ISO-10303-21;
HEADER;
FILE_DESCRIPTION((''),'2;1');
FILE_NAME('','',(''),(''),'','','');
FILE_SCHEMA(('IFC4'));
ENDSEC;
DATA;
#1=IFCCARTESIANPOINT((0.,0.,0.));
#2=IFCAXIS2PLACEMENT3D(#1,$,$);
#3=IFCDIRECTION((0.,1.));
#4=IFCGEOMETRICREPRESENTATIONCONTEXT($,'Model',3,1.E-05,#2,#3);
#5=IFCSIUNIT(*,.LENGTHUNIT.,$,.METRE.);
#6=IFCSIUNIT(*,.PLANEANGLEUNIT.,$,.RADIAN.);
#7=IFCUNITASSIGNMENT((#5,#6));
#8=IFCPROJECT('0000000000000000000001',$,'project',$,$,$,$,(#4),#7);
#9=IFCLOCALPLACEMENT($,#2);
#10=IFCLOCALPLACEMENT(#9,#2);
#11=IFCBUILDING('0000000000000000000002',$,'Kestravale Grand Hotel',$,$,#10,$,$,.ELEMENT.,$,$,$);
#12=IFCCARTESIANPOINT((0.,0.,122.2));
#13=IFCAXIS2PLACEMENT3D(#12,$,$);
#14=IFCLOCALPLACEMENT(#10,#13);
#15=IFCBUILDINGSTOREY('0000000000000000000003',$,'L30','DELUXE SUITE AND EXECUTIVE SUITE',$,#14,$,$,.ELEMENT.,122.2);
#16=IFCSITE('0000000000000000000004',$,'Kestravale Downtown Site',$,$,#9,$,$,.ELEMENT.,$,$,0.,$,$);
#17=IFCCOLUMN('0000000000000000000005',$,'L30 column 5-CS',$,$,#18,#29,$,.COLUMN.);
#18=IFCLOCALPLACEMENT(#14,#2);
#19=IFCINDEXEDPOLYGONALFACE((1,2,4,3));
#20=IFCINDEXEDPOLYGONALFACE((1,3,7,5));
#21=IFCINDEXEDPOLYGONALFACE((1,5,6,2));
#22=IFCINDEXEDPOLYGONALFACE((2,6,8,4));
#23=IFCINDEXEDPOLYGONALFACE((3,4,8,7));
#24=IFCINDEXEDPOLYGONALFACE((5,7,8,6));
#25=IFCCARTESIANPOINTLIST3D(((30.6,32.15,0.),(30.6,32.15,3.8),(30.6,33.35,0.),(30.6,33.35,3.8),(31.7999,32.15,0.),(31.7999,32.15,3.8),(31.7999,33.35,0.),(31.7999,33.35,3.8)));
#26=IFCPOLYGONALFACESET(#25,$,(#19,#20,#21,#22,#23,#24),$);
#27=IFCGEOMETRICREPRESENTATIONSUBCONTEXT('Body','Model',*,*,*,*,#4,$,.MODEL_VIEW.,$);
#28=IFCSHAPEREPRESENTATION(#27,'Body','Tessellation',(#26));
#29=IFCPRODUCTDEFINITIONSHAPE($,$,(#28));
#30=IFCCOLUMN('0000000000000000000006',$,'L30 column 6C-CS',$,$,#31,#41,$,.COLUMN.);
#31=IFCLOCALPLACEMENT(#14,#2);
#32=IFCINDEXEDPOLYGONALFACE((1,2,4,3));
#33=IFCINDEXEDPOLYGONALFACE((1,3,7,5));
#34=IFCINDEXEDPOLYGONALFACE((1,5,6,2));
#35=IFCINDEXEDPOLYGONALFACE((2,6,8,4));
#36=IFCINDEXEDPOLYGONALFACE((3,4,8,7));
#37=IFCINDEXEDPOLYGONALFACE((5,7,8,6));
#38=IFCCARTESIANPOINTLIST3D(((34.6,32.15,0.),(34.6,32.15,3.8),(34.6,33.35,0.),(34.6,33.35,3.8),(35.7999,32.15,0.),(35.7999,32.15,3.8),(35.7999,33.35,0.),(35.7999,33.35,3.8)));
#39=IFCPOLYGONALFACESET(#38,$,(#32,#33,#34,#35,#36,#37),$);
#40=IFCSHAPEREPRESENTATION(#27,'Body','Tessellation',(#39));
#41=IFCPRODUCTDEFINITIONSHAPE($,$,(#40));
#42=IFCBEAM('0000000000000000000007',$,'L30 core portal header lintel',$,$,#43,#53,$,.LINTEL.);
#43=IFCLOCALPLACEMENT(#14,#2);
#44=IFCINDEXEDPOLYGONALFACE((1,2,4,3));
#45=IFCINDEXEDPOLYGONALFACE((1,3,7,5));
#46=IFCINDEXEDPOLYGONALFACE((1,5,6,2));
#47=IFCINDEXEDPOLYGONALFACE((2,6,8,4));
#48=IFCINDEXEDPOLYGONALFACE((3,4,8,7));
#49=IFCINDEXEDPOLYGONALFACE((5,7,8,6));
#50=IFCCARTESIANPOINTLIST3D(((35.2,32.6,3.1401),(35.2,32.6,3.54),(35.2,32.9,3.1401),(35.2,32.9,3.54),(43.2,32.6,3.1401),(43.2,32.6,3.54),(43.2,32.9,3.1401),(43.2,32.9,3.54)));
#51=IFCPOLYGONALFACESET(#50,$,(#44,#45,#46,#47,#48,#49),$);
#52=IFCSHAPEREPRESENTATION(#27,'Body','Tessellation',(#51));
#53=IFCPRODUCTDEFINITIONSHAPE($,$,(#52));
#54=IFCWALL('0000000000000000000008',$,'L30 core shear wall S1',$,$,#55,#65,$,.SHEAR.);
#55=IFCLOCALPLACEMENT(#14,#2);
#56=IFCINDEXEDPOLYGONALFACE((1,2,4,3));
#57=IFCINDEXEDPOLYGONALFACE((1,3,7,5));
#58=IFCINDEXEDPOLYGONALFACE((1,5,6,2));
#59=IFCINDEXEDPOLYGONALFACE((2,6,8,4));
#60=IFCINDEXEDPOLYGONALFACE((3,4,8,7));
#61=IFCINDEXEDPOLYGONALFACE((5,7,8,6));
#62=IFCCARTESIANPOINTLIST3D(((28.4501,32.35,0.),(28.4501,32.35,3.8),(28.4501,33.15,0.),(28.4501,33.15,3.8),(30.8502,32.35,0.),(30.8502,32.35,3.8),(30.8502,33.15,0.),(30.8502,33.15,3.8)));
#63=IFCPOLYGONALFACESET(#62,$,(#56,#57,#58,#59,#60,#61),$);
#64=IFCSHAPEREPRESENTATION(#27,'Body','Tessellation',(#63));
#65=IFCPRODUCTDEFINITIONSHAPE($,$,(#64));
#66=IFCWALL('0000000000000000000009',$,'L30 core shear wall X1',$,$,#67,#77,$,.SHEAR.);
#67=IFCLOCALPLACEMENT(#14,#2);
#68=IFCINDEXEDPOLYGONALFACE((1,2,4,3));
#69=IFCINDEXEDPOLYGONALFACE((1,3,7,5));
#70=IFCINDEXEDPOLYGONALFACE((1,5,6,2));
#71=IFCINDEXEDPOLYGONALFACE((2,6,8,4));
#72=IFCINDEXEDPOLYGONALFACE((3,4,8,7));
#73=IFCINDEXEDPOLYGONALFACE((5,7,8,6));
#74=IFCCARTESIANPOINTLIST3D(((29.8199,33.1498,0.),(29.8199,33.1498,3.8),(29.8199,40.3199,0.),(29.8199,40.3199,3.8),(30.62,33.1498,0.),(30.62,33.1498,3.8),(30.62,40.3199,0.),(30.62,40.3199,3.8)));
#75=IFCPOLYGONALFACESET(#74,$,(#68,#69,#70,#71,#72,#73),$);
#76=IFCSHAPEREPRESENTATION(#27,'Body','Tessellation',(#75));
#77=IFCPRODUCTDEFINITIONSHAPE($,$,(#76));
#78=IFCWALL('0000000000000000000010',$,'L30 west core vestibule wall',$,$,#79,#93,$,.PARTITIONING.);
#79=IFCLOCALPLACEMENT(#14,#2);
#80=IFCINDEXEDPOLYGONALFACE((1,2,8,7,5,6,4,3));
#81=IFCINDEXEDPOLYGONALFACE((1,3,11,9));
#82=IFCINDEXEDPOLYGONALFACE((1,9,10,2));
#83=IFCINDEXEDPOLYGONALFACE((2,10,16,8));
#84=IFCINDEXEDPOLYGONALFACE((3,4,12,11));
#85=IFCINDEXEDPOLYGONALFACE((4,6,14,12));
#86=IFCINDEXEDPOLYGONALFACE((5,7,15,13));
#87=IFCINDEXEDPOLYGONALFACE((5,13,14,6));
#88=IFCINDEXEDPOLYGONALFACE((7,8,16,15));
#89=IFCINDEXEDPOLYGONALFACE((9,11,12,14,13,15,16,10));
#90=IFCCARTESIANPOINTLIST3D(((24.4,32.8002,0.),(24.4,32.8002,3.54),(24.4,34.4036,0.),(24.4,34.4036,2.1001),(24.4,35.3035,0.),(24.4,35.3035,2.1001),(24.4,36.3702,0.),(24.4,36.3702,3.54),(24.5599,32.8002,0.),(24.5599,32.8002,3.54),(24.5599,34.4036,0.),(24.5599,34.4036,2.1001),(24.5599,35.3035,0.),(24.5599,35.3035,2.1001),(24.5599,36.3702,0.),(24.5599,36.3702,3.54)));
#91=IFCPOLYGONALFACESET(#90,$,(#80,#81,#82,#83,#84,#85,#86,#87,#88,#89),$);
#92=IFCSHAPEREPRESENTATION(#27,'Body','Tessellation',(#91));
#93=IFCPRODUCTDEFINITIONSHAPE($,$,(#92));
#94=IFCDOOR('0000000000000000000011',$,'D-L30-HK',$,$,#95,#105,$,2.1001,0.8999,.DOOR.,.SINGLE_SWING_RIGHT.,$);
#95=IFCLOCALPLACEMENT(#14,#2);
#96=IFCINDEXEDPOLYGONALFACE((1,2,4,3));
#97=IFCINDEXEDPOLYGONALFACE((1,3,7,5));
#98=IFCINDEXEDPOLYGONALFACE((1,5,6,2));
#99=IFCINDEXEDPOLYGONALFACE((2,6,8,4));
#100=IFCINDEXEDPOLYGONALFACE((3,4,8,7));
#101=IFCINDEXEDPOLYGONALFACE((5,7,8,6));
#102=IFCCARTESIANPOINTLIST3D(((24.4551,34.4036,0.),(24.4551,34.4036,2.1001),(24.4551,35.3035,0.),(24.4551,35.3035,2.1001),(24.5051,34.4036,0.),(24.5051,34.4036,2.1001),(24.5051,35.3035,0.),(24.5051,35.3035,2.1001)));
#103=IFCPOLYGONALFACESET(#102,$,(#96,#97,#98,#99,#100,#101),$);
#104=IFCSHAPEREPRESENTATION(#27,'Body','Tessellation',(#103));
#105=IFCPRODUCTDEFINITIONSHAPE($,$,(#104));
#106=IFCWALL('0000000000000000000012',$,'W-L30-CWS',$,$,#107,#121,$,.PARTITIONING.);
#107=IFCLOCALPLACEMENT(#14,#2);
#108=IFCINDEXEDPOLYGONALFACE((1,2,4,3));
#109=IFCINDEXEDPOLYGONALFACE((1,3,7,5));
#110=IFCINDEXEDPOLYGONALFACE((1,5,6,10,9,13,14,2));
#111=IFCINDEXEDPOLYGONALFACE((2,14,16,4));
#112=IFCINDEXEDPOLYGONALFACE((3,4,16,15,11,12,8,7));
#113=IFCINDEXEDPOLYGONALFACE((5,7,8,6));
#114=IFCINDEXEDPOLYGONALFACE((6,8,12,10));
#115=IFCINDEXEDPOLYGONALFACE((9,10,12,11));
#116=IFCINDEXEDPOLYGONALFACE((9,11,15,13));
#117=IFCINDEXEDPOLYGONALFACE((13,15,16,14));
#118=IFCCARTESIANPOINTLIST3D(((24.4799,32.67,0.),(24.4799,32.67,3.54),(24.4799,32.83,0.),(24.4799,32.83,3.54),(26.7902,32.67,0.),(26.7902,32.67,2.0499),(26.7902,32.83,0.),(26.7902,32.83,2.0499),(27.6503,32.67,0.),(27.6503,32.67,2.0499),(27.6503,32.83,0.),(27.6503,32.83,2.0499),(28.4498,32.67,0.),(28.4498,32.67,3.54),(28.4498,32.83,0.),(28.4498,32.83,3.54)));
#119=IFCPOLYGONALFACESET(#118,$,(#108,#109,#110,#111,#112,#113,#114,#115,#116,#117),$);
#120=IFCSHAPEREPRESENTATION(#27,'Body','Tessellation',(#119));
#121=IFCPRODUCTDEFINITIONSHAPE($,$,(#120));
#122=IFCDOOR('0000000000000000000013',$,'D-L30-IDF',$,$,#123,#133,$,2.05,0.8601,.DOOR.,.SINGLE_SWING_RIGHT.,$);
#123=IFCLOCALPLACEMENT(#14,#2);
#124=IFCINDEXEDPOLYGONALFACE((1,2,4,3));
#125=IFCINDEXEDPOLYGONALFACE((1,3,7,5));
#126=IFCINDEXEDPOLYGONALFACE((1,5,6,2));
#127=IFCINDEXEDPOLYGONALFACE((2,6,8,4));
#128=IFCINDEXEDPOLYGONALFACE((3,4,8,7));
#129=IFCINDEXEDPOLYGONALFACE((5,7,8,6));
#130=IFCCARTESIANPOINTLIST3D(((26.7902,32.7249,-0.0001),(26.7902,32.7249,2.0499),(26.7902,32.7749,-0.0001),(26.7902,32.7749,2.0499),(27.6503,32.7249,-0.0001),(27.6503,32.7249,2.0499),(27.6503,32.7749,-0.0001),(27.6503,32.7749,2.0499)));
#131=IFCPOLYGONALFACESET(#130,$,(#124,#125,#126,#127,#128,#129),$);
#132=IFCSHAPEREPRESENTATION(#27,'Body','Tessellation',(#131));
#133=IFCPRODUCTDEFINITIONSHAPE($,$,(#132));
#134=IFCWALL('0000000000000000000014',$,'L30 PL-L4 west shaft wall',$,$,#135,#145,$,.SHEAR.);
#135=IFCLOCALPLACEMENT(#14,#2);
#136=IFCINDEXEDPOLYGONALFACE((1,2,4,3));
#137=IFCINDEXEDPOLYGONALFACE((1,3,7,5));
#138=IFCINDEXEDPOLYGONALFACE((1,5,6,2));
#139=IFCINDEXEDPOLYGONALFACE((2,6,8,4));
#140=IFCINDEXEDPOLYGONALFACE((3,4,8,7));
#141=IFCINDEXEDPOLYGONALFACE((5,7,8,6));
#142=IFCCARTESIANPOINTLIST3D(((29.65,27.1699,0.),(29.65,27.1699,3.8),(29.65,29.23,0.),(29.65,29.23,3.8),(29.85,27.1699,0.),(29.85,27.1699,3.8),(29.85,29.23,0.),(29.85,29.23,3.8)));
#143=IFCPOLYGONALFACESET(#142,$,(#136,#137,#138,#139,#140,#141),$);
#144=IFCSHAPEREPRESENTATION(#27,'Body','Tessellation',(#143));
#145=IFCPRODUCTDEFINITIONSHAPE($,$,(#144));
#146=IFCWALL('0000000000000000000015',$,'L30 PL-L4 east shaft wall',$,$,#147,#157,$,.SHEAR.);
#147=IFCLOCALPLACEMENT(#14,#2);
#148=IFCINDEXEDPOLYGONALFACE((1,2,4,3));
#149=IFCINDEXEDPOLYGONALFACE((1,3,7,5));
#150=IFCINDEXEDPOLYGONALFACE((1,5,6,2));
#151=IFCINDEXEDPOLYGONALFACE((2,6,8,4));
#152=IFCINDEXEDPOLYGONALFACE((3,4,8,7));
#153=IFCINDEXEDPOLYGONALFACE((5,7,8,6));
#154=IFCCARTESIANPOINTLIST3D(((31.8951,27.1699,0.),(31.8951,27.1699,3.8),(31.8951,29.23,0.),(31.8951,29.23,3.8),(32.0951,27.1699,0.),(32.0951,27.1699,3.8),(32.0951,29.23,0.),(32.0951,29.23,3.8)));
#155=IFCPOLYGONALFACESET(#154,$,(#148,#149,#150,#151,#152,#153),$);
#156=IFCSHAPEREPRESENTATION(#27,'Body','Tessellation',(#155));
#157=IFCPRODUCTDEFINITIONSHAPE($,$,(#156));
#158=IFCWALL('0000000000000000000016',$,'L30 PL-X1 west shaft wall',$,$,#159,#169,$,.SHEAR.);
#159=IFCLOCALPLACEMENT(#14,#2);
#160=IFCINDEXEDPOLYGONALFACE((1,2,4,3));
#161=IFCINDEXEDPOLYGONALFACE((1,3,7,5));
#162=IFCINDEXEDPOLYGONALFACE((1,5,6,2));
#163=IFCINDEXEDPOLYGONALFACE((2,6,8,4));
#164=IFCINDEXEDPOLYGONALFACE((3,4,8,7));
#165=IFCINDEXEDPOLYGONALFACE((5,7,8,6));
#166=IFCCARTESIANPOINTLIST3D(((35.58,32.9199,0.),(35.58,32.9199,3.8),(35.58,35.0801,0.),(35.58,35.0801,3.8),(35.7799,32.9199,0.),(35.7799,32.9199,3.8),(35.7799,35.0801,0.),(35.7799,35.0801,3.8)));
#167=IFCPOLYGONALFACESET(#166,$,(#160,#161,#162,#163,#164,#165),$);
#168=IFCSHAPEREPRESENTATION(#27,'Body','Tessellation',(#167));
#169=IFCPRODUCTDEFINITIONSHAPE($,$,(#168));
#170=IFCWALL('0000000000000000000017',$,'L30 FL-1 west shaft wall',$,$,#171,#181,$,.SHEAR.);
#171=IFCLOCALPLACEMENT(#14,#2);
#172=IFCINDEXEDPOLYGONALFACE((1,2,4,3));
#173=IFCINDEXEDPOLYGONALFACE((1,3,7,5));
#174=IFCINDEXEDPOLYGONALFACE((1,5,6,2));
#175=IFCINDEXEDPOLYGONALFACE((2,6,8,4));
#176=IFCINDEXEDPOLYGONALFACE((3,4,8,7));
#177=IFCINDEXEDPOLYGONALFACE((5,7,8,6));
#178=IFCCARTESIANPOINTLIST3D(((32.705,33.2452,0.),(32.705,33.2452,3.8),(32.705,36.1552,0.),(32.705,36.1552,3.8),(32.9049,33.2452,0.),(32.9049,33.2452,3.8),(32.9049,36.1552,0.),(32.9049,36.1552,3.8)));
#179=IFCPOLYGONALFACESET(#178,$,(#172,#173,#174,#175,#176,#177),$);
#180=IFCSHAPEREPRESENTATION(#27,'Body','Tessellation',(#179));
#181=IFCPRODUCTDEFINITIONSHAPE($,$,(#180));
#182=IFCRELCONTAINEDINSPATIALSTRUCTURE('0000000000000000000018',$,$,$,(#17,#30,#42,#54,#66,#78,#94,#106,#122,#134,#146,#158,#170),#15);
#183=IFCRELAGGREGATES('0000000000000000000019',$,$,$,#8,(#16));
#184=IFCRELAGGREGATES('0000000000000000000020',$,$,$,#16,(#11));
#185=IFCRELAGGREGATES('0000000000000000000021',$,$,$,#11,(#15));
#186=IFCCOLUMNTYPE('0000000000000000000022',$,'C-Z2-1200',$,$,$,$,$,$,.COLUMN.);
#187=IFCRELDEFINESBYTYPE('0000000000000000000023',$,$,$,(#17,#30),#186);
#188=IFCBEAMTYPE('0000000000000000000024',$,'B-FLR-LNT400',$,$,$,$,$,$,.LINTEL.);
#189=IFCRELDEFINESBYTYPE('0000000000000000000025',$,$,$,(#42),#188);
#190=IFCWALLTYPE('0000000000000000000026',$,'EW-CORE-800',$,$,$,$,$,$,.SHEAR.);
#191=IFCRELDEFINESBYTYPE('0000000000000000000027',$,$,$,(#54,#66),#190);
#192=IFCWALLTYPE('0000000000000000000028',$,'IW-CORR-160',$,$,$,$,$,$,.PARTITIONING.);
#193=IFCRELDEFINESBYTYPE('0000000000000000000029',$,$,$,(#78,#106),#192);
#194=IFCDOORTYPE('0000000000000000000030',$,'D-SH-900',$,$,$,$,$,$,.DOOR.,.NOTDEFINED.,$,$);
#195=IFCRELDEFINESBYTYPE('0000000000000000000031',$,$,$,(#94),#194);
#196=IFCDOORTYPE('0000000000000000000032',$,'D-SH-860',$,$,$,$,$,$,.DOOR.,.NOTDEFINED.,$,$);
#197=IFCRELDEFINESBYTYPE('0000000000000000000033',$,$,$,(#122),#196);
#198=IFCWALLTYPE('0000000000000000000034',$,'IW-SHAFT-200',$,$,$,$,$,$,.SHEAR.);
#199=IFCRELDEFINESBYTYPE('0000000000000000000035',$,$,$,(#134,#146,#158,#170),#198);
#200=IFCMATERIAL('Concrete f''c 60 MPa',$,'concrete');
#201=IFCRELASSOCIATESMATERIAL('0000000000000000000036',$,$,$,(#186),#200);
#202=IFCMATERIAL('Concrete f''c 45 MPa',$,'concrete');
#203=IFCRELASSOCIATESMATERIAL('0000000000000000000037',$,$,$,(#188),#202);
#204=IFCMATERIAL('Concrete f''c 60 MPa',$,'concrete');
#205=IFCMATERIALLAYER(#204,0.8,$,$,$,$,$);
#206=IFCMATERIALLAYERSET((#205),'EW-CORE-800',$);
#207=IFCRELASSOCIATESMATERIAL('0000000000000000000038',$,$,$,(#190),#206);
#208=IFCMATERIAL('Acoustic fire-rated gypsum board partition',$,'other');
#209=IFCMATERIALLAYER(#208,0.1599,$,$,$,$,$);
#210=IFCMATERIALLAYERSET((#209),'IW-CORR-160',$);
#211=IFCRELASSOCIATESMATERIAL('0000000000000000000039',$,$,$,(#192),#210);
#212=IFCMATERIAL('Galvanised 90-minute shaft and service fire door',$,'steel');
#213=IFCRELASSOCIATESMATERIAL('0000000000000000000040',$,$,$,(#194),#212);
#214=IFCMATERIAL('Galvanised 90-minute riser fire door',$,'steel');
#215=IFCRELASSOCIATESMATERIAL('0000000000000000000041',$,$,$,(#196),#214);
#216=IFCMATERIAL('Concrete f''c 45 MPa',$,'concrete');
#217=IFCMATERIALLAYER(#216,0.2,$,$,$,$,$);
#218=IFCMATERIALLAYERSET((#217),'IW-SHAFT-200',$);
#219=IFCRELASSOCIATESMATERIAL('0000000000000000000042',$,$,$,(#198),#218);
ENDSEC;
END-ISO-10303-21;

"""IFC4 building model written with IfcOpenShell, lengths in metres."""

from ifc_helpers import new_model, si_unit, direction, frame, frame_2d, origin, origin_2d, place, context, subcontext, project, spatial, rectangle, extrude, material, layer, layer_set, material_profile, profile_set, type_object, element, fill, save


model = new_model("IFC4")

# Units and contexts
model_context = context("Model", 3, precision=1e-05, world=origin(), true_north=direction((0.0, 1.0)))
body_context = subcontext(model_context, "Body", "Model", "MODEL_VIEW")
ifc_project = project(units=[si_unit("LENGTHUNIT", "METRE"), si_unit("PLANEANGLEUNIT", "RADIAN")], contexts=[model_context])

# Site, building, storey
site_placement = place(None, origin())
site = spatial("IfcSite", under=ifc_project, at=site_placement, Name="Kestravale Downtown Site", CompositionType="ELEMENT", RefElevation=0.0)
building_placement = place(site_placement, origin())
building = spatial("IfcBuilding", under=site, at=building_placement, Name="Kestravale Grand Hotel", CompositionType="ELEMENT")
storey_placement = place(building_placement, frame((0.0, 0.0, 122.2)))
storey = spatial("IfcBuildingStorey", under=building, at=storey_placement, Name="L30", Description="DELUXE SUITE AND EXECUTIVE SUITE", CompositionType="ELEMENT", Elevation=122.2)

# Columns
ifc_material_1 = material(Name="Concrete f'c 60 MPa", Category="concrete")
ifc_material_profile_1 = material_profile(ifc_material_1, rectangle(XDim=1.2, YDim=1.2, at=origin_2d()))
ifc_profile_set_1 = profile_set([ifc_material_profile_1], Name="Concrete f'c 60 MPa")
column_type = type_object("IfcColumnType", Name="C-Z2-1200", PredefinedType="COLUMN", material=ifc_profile_set_1)
for number, where, z_axis, x_axis, name in (
    (1, (31.2, 32.75, 0.0), (0.0, 0.0, 1.0), (1.0, 0.0, 0.0), "L30 column 5-CS"),
    (2, (35.2, 32.75, 0.0), (0.0, 0.0, 1.0), (1.0, 0.0, 0.0), "L30 column 6C-CS"),
):
    element("IfcColumn", number, at=place(storey_placement, frame(where, z_axis=z_axis, x_axis=x_axis)), inside=storey, type_object=column_type, Name=name, PredefinedType="COLUMN", context=body_context, shape_type="SweptSolid", body=[
        extrude(rectangle(XDim=1.2, YDim=1.2, at=origin_2d()), origin(), (0.0, 0.0, 1.0), 3.8),
    ])

# Beam
ifc_material_2 = material(Name="Concrete f'c 45 MPa", Category="concrete")
ifc_material_profile_2 = material_profile(ifc_material_2, rectangle(XDim=0.3, YDim=0.3999, at=origin_2d()))
ifc_profile_set_2 = profile_set([ifc_material_profile_2], Name="Concrete f'c 45 MPa")
beam_type = type_object("IfcBeamType", Name="B-FLR-LNT400", PredefinedType="LINTEL", material=ifc_profile_set_2)
beam_placement = place(storey_placement, frame((35.2, 32.75, 3.3401), z_axis=(1.0, 0.0, 0.0), x_axis=(0.0, 1.0, 0.0)))
element("IfcBeam", 3, at=beam_placement, inside=storey, type_object=beam_type, Name="L30 core portal header lintel", PredefinedType="LINTEL", context=body_context, shape_type="SweptSolid", body=[
    extrude(rectangle(XDim=0.3, YDim=0.3999, at=origin_2d()), origin(), (0.0, 0.0, 1.0), 8.0),
])

# Walls
ifc_material_3 = material(Name="Concrete f'c 60 MPa", Category="concrete")
ifc_layer_1 = layer(ifc_material_3, 0.8)
ifc_layer_set_1 = layer_set([ifc_layer_1], Name="EW-CORE-800")
wall_type_1 = type_object("IfcWallType", Name="EW-CORE-800", PredefinedType="SHEAR", material=ifc_layer_set_1)
wall_1_placement = place(storey_placement, frame((28.45, 32.75, 0.0), z_axis=(0.0, 0.0, 1.0), x_axis=(1.0, 0.0, 0.0)))
element("IfcWall", 4, at=wall_1_placement, inside=storey, type_object=wall_type_1, Name="L30 core shear wall S1", PredefinedType="SHEAR", context=body_context, shape_type="SweptSolid", body=[
    extrude(rectangle(XDim=2.4001, YDim=0.8, at=frame_2d((1.2002, 0.0))), origin(), (0.0, 0.0, 1.0), 3.8),
])
wall_2_placement = place(storey_placement, frame((30.22, 33.1499, 0.0), z_axis=(0.0, 0.0, 1.0), x_axis=(0.0, 1.0, 0.0)))
element("IfcWall", 5, at=wall_2_placement, inside=storey, type_object=wall_type_1, Name="L30 core shear wall X1", PredefinedType="SHEAR", context=body_context, shape_type="SweptSolid", body=[
    extrude(rectangle(XDim=7.1702, YDim=0.8, at=frame_2d((3.585, 0.0))), origin(), (0.0, 0.0, 1.0), 3.8),
])

# Walls, openings, doors
ifc_material_4 = material(Name="Acoustic fire-rated gypsum board partition", Category="other")
ifc_layer_2 = layer(ifc_material_4, 0.1599)
ifc_layer_set_2 = layer_set([ifc_layer_2], Name="IW-CORR-160")
wall_type_2 = type_object("IfcWallType", Name="IW-CORR-160", PredefinedType="PARTITIONING", material=ifc_layer_set_2)
wall_3_placement = place(storey_placement, frame((24.48, 32.8, 0.0), z_axis=(0.0, 0.0, 1.0), x_axis=(0.0, 1.0, 0.0)))
wall_3 = element("IfcWall", 6, at=wall_3_placement, inside=storey, type_object=wall_type_2, Name="L30 west core vestibule wall", PredefinedType="PARTITIONING", context=body_context, shape_type="SweptSolid", body=[
    extrude(rectangle(XDim=3.5701, YDim=0.1599, at=frame_2d((1.7852, 0.0))), origin(), (0.0, 0.0, 1.0), 3.54),
])
opening_1_placement = place(wall_3_placement, frame((1.6035, 0.0, 0.0)))
opening_1 = element("IfcOpeningElement", 7, at=opening_1_placement, cuts=wall_3, PredefinedType="OPENING", context=body_context, shape_type="SweptSolid", body=[
    extrude(rectangle(XDim=0.8999, YDim=2.1001, at=frame_2d((0.45, 1.05))), frame((0.0, 0.0898, 0.0), z_axis=(0.0, -1.0, 0.0), x_axis=(1.0, 0.0, 0.0)), (0.0, 0.0, 1.0), 0.1799),
])
ifc_material_5 = material(Name="Galvanised 90-minute shaft and service fire door", Category="steel")
door_type_1 = type_object("IfcDoorType", Name="D-SH-900", OperationType="NOTDEFINED", PredefinedType="DOOR", material=ifc_material_5)
door_1_placement = place(opening_1_placement, origin())
door_1 = element("IfcDoor", 8, at=door_1_placement, inside=storey, type_object=door_type_1, Name="D-L30-HK", OperationType="SINGLE_SWING_RIGHT", OverallHeight=2.1001, OverallWidth=0.8999, PredefinedType="DOOR", context=body_context, shape_type="SweptSolid", body=[
    extrude(rectangle(XDim=0.8999, YDim=2.1001, at=frame_2d((0.45, 1.05))), frame((0.0, 0.0249, 0.0), z_axis=(0.0, -1.0, 0.0), x_axis=(1.0, 0.0, 0.0)), (0.0, 0.0, 1.0), 0.05),
])
fill(opening_1, door_1)
wall_4_placement = place(storey_placement, frame((24.48, 32.75, 0.0), z_axis=(0.0, 0.0, 1.0), x_axis=(1.0, 0.0, 0.0)))
wall_4 = element("IfcWall", 9, at=wall_4_placement, inside=storey, type_object=wall_type_2, Name="W-L30-CWS", PredefinedType="PARTITIONING", context=body_context, shape_type="SweptSolid", body=[
    extrude(rectangle(XDim=3.97, YDim=0.1599, at=frame_2d((1.9849, 0.0))), origin(), (0.0, 0.0, 1.0), 3.54),
])
opening_2_placement = place(wall_4_placement, frame((2.3101, 0.0, 0.0)))
opening_2 = element("IfcOpeningElement", 10, at=opening_2_placement, cuts=wall_4, PredefinedType="OPENING", context=body_context, shape_type="SweptSolid", body=[
    extrude(rectangle(XDim=0.8601, YDim=2.05, at=frame_2d((0.4302, 1.0249))), frame((0.0, 0.0898, 0.0), z_axis=(0.0, -1.0, 0.0), x_axis=(1.0, 0.0, 0.0)), (0.0, 0.0, 1.0), 0.1799),
])
ifc_material_6 = material(Name="Galvanised 90-minute riser fire door", Category="steel")
door_type_2 = type_object("IfcDoorType", Name="D-SH-860", OperationType="NOTDEFINED", PredefinedType="DOOR", material=ifc_material_6)
door_2_placement = place(opening_2_placement, origin())
door_2 = element("IfcDoor", 11, at=door_2_placement, inside=storey, type_object=door_type_2, Name="D-L30-IDF", OperationType="SINGLE_SWING_RIGHT", OverallHeight=2.05, OverallWidth=0.8601, PredefinedType="DOOR", context=body_context, shape_type="SweptSolid", body=[
    extrude(rectangle(XDim=0.8601, YDim=2.05, at=frame_2d((0.4302, 1.0249))), frame((0.0, 0.0249, 0.0), z_axis=(0.0, -1.0, 0.0), x_axis=(1.0, 0.0, 0.0)), (0.0, 0.0, 1.0), 0.05),
])
fill(opening_2, door_2)

# Walls
ifc_material_7 = material(Name="Concrete f'c 45 MPa", Category="concrete")
ifc_layer_3 = layer(ifc_material_7, 0.2)
ifc_layer_set_3 = layer_set([ifc_layer_3], Name="IW-SHAFT-200")
wall_type_3 = type_object("IfcWallType", Name="IW-SHAFT-200", PredefinedType="SHEAR", material=ifc_layer_set_3)
for number, where, z_axis, x_axis, name in (
    (12, (29.75, 27.1699, 0.0), (0.0, 0.0, 1.0), (0.0, 1.0, 0.0), "L30 PL-L4 west shaft wall"),
    (13, (31.9951, 27.1699, 0.0), (0.0, 0.0, 1.0), (0.0, 1.0, 0.0), "L30 PL-L4 east shaft wall"),
):
    element("IfcWall", number, at=place(storey_placement, frame(where, z_axis=z_axis, x_axis=x_axis)), inside=storey, type_object=wall_type_3, Name=name, PredefinedType="SHEAR", context=body_context, shape_type="SweptSolid", body=[
        extrude(rectangle(XDim=2.0601, YDim=0.2, at=frame_2d((1.03, 0.0))), origin(), (0.0, 0.0, 1.0), 3.8),
    ])
wall_5_placement = place(storey_placement, frame((35.6799, 32.9199, 0.0), z_axis=(0.0, 0.0, 1.0), x_axis=(0.0, 1.0, 0.0)))
element("IfcWall", 14, at=wall_5_placement, inside=storey, type_object=wall_type_3, Name="L30 PL-X1 west shaft wall", PredefinedType="SHEAR", context=body_context, shape_type="SweptSolid", body=[
    extrude(rectangle(XDim=2.1602, YDim=0.2, at=frame_2d((1.0801, 0.0))), origin(), (0.0, 0.0, 1.0), 3.8),
])
for number, where, z_axis, x_axis, name in (
    (15, (32.8049, 33.2451, 0.0), (0.0, 0.0, 1.0), (0.0, 1.0, 0.0), "L30 FL-1 west shaft wall"),
):
    element("IfcWall", number, at=place(storey_placement, frame(where, z_axis=z_axis, x_axis=x_axis)), inside=storey, type_object=wall_type_3, Name=name, PredefinedType="SHEAR", context=body_context, shape_type="SweptSolid", body=[
        extrude(rectangle(XDim=2.9099, YDim=0.2, at=frame_2d((1.4551, 0.0))), origin(), (0.0, 0.0, 1.0), 3.8),
    ])

save(model, "model.ifc")
